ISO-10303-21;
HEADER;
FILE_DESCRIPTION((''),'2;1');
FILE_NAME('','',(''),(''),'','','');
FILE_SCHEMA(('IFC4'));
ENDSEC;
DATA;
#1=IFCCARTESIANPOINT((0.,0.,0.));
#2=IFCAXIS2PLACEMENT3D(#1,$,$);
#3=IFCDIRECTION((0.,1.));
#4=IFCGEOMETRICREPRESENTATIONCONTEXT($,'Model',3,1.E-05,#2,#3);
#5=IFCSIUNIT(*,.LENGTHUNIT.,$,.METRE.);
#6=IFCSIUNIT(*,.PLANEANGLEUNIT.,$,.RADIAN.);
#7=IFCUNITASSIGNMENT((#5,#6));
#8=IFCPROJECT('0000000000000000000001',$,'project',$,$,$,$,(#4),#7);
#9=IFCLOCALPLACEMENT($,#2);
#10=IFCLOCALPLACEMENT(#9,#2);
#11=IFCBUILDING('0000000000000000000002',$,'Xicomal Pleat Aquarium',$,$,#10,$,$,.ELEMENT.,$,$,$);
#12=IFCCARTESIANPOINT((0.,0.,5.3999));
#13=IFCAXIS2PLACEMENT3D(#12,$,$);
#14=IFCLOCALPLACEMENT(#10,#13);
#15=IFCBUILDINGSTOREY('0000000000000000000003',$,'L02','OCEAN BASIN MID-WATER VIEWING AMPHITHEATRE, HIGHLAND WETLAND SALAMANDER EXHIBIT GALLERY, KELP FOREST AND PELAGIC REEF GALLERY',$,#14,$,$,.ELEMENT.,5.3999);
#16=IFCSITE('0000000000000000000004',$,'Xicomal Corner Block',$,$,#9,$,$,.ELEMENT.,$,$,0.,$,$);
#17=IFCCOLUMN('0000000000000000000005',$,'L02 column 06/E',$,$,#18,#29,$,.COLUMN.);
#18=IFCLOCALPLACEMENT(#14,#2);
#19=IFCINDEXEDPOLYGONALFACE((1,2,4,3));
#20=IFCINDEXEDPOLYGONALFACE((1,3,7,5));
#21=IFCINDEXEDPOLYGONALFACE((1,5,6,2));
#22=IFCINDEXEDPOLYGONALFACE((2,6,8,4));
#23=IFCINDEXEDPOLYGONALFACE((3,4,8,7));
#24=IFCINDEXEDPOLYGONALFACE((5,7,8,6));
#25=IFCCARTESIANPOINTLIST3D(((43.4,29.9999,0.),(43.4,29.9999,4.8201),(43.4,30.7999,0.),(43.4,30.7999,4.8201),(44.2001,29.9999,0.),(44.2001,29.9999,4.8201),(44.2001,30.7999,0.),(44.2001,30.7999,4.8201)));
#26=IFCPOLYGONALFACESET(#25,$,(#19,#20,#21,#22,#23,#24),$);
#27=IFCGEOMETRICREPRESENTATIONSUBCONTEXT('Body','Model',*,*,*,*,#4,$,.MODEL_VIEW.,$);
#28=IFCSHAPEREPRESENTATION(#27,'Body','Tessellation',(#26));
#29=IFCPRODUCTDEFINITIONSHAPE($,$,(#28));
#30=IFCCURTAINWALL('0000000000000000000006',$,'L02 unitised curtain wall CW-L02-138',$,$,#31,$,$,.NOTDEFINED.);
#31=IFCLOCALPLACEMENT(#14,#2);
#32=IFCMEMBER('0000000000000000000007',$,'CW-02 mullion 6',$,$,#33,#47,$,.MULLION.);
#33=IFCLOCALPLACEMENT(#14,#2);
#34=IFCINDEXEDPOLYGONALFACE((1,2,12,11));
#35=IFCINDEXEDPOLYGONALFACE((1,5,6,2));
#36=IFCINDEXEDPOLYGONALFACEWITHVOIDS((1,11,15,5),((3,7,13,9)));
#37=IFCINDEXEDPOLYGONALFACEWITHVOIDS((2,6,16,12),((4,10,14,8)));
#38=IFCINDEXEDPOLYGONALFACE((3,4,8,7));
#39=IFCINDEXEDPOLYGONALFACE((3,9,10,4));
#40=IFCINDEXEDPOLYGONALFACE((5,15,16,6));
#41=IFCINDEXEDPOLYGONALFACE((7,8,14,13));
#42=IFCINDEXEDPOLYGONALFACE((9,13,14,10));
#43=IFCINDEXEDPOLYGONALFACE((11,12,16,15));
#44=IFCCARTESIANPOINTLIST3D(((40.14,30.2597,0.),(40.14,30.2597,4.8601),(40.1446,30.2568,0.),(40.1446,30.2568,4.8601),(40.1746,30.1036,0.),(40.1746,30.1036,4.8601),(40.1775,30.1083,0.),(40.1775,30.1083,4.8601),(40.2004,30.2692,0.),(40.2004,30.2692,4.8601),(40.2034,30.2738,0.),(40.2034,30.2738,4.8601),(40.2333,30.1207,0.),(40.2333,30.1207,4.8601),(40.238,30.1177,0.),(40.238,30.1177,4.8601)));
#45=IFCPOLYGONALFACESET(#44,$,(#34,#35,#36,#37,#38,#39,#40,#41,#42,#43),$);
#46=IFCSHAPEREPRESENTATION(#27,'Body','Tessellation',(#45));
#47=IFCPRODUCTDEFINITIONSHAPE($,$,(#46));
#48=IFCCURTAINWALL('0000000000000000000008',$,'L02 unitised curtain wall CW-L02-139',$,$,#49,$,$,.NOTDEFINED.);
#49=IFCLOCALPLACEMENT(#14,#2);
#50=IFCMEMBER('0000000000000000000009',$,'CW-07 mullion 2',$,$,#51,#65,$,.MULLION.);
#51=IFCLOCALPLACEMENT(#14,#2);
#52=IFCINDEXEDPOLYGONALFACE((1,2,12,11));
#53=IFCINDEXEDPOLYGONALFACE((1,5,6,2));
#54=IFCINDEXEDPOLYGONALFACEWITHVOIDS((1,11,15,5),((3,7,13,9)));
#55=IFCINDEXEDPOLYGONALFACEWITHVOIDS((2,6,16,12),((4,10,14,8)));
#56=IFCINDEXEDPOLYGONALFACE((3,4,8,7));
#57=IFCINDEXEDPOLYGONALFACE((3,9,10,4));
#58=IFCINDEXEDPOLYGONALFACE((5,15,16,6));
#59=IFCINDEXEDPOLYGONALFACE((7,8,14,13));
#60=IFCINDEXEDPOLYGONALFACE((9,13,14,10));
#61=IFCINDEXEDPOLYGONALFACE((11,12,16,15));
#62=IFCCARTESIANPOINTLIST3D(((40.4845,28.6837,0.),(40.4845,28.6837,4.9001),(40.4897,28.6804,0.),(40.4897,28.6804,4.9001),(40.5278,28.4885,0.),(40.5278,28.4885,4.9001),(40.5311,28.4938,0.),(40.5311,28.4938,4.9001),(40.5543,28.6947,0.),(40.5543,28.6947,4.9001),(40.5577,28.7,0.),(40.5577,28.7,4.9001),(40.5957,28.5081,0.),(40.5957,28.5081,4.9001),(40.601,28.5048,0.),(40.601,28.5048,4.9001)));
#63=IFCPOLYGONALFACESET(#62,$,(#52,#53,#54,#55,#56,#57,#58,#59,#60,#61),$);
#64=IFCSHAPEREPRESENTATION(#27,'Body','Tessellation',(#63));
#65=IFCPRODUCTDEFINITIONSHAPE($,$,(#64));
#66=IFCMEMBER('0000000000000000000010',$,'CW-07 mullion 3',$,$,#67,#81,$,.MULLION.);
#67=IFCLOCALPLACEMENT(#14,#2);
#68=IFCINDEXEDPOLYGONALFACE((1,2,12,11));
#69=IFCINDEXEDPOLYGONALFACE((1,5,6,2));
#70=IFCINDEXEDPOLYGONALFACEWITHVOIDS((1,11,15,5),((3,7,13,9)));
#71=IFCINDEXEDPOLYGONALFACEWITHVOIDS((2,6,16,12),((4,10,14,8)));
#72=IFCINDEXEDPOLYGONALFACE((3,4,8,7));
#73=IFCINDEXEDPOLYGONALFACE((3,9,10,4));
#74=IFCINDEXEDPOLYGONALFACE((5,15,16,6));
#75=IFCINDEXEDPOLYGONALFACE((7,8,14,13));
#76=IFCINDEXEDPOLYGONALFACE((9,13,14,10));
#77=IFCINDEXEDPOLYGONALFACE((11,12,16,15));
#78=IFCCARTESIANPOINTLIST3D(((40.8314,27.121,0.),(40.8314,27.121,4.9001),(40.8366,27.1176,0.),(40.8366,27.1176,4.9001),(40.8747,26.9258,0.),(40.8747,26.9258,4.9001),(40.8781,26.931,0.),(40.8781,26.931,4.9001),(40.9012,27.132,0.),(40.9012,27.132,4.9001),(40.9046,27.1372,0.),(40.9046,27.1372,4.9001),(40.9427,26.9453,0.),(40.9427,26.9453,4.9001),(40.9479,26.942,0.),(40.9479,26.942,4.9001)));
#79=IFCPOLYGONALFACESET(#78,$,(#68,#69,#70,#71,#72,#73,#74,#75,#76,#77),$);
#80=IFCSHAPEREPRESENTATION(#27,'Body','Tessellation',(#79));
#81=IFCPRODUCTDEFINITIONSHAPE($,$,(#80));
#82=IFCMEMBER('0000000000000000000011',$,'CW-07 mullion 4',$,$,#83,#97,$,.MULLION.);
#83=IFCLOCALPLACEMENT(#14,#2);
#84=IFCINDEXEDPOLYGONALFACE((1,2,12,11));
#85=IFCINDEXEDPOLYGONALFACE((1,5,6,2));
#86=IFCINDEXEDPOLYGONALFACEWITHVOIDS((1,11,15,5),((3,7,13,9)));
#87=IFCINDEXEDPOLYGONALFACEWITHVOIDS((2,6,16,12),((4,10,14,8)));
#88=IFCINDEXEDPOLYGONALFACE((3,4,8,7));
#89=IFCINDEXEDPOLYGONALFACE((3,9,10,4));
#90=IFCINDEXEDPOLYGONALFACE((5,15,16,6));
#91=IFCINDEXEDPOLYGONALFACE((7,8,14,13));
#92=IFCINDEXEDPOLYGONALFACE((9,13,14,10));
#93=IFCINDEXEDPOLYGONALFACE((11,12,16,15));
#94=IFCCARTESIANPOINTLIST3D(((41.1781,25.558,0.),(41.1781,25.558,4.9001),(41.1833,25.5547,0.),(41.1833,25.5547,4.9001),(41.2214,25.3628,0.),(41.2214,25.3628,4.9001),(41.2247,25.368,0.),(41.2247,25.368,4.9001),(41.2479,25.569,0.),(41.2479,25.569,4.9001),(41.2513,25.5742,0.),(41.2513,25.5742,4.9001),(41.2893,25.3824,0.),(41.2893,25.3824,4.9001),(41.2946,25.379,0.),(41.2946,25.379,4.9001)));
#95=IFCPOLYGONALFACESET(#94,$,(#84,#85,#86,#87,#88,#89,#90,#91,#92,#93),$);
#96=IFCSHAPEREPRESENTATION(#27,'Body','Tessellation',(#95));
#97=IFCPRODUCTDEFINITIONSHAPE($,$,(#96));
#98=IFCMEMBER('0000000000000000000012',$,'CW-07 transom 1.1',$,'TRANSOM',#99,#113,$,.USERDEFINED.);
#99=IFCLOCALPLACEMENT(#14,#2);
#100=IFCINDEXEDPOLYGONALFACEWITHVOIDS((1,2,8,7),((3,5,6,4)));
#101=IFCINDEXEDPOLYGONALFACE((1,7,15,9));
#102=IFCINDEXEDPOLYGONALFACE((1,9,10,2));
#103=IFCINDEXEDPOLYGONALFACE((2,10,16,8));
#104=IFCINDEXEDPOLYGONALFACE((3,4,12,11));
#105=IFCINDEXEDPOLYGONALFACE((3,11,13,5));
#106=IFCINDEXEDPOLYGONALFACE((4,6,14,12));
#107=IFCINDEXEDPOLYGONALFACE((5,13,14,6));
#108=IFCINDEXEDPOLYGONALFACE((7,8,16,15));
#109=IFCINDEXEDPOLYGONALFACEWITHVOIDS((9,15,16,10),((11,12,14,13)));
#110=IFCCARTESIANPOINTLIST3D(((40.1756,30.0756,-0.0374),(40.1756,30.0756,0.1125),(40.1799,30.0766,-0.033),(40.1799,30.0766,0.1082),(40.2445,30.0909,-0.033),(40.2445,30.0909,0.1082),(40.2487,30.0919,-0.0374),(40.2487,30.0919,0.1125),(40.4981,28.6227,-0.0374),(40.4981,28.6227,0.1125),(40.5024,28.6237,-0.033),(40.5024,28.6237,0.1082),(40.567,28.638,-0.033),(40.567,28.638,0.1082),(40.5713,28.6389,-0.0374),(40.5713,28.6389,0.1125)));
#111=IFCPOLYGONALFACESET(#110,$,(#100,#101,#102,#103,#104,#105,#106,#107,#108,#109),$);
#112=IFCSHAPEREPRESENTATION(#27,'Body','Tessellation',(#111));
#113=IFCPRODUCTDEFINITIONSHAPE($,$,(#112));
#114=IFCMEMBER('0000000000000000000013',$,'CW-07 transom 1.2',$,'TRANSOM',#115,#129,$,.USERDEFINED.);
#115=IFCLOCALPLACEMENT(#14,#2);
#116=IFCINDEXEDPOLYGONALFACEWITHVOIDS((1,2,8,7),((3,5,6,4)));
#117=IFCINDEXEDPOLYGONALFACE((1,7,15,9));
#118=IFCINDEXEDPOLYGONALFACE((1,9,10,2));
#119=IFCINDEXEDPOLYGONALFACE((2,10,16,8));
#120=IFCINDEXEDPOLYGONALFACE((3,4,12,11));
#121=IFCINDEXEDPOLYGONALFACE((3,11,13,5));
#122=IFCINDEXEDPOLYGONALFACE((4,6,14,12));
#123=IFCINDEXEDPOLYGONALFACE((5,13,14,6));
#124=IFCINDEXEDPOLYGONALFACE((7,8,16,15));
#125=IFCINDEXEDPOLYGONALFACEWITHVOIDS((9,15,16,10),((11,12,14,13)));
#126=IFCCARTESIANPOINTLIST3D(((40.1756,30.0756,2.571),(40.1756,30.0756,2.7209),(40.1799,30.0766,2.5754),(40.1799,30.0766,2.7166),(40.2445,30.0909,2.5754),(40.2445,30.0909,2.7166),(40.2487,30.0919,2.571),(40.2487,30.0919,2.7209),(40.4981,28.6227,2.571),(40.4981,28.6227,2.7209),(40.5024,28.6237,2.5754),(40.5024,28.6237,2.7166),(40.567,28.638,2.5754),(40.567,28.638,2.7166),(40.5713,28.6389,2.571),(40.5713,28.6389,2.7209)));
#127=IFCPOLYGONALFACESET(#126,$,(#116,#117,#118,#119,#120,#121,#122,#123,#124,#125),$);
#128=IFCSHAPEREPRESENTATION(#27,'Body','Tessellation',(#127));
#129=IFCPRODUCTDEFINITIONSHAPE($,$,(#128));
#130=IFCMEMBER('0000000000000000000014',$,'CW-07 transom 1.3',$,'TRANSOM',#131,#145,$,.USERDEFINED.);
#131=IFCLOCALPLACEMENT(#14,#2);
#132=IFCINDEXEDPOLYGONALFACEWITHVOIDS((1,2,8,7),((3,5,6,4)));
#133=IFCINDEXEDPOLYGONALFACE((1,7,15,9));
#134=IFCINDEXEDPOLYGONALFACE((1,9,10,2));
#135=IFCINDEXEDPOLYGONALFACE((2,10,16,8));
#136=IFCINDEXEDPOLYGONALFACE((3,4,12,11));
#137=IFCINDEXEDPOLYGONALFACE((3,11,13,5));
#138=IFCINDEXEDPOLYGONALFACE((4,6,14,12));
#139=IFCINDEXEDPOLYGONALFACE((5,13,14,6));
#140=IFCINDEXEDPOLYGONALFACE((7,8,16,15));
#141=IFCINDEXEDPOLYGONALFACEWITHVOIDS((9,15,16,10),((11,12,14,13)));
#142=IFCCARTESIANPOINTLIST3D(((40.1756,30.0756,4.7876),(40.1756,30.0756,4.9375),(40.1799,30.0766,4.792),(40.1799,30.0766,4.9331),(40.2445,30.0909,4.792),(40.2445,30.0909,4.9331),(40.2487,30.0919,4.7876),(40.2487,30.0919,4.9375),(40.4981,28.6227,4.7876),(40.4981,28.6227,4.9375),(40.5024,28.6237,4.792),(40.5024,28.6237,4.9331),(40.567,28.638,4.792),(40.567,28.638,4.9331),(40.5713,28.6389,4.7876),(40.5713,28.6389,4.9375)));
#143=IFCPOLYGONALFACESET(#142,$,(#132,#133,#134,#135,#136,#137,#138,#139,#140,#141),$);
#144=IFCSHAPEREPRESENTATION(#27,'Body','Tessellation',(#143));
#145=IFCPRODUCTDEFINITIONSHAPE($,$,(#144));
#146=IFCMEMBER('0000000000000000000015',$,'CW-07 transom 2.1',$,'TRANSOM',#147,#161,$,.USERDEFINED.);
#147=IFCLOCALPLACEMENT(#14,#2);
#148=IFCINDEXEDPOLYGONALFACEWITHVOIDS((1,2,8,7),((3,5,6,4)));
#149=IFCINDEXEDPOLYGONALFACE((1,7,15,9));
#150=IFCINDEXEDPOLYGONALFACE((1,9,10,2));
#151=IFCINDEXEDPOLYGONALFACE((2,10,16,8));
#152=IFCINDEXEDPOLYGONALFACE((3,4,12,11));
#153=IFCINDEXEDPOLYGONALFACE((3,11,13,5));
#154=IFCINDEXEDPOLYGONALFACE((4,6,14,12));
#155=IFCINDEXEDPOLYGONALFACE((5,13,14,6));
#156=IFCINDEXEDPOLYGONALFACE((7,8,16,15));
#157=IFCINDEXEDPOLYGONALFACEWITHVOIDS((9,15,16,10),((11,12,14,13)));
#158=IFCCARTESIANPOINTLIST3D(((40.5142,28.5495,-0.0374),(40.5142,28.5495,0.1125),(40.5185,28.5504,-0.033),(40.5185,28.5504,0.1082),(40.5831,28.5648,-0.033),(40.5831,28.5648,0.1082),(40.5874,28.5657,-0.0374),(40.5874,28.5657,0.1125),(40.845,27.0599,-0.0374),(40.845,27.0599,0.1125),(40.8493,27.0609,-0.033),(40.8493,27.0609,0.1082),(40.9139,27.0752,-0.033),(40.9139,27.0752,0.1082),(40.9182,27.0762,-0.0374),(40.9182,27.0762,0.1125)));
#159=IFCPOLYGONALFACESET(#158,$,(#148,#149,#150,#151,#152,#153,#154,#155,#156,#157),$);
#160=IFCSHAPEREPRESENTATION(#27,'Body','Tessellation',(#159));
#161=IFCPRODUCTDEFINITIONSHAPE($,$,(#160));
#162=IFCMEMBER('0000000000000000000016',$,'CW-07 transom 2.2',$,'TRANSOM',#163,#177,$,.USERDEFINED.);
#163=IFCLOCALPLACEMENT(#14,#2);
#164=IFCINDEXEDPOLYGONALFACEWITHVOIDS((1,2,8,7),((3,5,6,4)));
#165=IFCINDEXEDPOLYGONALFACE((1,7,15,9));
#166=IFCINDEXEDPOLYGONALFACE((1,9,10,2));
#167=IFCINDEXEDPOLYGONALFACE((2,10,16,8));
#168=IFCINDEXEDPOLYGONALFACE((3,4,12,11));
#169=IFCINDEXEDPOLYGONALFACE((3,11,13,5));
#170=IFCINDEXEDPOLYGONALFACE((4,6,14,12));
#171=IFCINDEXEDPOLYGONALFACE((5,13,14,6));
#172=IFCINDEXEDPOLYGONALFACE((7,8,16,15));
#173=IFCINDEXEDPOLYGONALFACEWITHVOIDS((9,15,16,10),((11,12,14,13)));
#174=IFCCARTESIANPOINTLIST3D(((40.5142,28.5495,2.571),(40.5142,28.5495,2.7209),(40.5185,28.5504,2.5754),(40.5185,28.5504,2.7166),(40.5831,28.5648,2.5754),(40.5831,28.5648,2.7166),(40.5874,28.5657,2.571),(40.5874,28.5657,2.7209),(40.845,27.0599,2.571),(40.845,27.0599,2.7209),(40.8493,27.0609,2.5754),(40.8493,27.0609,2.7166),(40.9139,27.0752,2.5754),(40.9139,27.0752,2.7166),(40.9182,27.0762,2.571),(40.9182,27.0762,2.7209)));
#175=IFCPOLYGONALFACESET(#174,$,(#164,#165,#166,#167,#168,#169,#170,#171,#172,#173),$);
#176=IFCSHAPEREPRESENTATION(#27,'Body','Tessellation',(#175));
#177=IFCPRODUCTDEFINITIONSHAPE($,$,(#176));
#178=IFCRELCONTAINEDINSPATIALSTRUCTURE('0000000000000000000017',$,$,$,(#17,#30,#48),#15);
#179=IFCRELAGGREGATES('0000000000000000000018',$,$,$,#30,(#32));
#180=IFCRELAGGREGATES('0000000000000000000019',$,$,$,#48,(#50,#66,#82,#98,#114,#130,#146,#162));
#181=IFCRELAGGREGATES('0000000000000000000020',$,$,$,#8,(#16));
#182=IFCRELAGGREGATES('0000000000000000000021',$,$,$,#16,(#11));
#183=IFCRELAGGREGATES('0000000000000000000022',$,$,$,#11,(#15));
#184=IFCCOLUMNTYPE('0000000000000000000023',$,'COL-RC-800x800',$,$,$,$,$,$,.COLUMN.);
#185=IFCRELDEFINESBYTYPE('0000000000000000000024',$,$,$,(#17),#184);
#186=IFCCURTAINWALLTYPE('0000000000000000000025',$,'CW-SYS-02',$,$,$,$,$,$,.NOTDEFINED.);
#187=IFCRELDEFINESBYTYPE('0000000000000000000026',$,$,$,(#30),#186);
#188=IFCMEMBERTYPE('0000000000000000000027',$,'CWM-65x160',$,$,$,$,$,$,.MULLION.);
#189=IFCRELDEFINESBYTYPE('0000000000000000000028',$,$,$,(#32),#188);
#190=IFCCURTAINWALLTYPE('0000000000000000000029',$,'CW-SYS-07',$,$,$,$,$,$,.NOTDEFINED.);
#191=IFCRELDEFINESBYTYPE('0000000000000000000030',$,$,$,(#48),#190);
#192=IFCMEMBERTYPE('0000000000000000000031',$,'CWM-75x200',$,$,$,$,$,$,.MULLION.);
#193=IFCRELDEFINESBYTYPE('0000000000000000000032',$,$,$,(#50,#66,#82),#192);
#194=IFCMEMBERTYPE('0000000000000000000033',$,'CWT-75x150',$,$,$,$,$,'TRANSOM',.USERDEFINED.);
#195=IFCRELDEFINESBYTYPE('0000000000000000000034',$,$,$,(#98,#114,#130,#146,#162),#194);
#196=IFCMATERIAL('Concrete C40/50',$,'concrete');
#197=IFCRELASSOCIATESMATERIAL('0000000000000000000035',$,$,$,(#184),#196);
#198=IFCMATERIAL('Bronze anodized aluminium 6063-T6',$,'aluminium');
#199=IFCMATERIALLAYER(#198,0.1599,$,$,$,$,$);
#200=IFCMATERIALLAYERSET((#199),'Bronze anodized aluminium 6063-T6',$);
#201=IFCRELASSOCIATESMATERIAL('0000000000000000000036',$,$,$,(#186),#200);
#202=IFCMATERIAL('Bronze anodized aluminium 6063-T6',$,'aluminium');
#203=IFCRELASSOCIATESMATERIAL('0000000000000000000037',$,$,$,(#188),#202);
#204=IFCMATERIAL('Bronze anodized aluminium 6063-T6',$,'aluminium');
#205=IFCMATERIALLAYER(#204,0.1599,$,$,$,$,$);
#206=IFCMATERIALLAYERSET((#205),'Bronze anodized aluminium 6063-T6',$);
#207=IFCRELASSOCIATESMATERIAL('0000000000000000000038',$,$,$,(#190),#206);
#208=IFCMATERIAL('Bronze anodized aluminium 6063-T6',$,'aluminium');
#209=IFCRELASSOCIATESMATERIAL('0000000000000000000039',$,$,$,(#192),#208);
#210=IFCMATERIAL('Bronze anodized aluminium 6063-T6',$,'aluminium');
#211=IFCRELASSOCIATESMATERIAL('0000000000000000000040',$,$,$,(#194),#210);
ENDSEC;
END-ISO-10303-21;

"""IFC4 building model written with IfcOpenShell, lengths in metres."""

from ifc_helpers import new_model, si_unit, direction, frame, origin, origin_2d, place, context, subcontext, project, spatial, rectangle, hollow_rectangle, extrude, material, layer, layer_set, material_profile, profile_set, type_object, element, aggregate, save


model = new_model("IFC4")

# Units and contexts
model_context = context("Model", 3, precision=1e-05, world=origin(), true_north=direction((0.0, 1.0)))
body_context = subcontext(model_context, "Body", "Model", "MODEL_VIEW")
ifc_project = project(units=[si_unit("LENGTHUNIT", "METRE"), si_unit("PLANEANGLEUNIT", "RADIAN")], contexts=[model_context])

# Site, building, storey
site_placement = place(None, origin())
site = spatial("IfcSite", under=ifc_project, at=site_placement, Name="Xicomal Corner Block", CompositionType="ELEMENT", RefElevation=0.0)
building_placement = place(site_placement, origin())
building = spatial("IfcBuilding", under=site, at=building_placement, Name="Xicomal Pleat Aquarium", CompositionType="ELEMENT")
storey_placement = place(building_placement, frame((0.0, 0.0, 5.3999)))
storey = spatial("IfcBuildingStorey", under=building, at=storey_placement, Name="L02", Description="OCEAN BASIN MID-WATER VIEWING AMPHITHEATRE, HIGHLAND WETLAND SALAMANDER EXHIBIT GALLERY, KELP FOREST AND PELAGIC REEF GALLERY", CompositionType="ELEMENT", Elevation=5.3999)

# Column
ifc_material_1 = material(Name="Concrete C40/50", Category="concrete")
ifc_material_profile_1 = material_profile(ifc_material_1, rectangle(XDim=0.8, YDim=0.8, at=origin_2d()), Name="RC 800x800")
ifc_profile_set_1 = profile_set([ifc_material_profile_1], Name="Concrete C40/50")
column_type = type_object("IfcColumnType", Name="COL-RC-800x800", PredefinedType="COLUMN", material=ifc_profile_set_1)
column_placement = place(storey_placement, frame((43.8, 30.3999, 0.0), z_axis=(0.0, 0.0, 1.0), x_axis=(1.0, 0.0, 0.0)))
element("IfcColumn", 1, at=column_placement, inside=storey, type_object=column_type, Name="L02 column 06/E", PredefinedType="COLUMN", context=body_context, shape_type="SweptSolid", body=[
    extrude(rectangle(XDim=0.8, YDim=0.8, at=origin_2d()), origin(), (0.0, 0.0, 1.0), 4.8201),
])

# Curtain wall, member
ifc_material_2 = material(Name="Bronze anodized aluminium 6063-T6", Category="aluminium")
ifc_layer_1 = layer(ifc_material_2, 0.1599)
ifc_layer_set_1 = layer_set([ifc_layer_1], Name="Bronze anodized aluminium 6063-T6")
curtain_wall_type_1 = type_object("IfcCurtainWallType", Name="CW-SYS-02", PredefinedType="NOTDEFINED", material=ifc_layer_set_1)
curtain_wall_1_placement = place(storey_placement, origin())
curtain_wall_1 = element("IfcCurtainWall", 2, at=curtain_wall_1_placement, inside=storey, type_object=curtain_wall_type_1, Name="L02 unitised curtain wall CW-L02-138", PredefinedType="NOTDEFINED")
ifc_material_3 = material(Name="Bronze anodized aluminium 6063-T6", Category="aluminium")
ifc_material_profile_2 = material_profile(ifc_material_3, hollow_rectangle(XDim=0.0649, YDim=0.1599, WallThickness=0.0039, at=origin_2d()), Name="ALU MULL 65x160")
ifc_profile_set_2 = profile_set([ifc_material_profile_2], Name="Bronze anodized aluminium 6063-T6")
member_type_1 = type_object("IfcMemberType", Name="CWM-65x160", PredefinedType="MULLION", material=ifc_profile_set_2)
member_1_placement = place(storey_placement, frame((40.189, 30.1887, 0.0), z_axis=(0.0, 0.0, 1.0), x_axis=(0.976272, 0.216547, 0.0)))
member_1 = element("IfcMember", 3, at=member_1_placement, type_object=member_type_1, Name="CW-02 mullion 6", PredefinedType="MULLION", context=body_context, shape_type="SweptSolid", body=[
    extrude(hollow_rectangle(XDim=0.0649, YDim=0.1599, WallThickness=0.0039, at=origin_2d()), origin(), (0.0, 0.0, 1.0), 4.8601),
])
aggregate(curtain_wall_1, [member_1])

# Curtain wall, members
ifc_material_4 = material(Name="Bronze anodized aluminium 6063-T6", Category="aluminium")
ifc_layer_2 = layer(ifc_material_4, 0.1599)
ifc_layer_set_2 = layer_set([ifc_layer_2], Name="Bronze anodized aluminium 6063-T6")
curtain_wall_type_2 = type_object("IfcCurtainWallType", Name="CW-SYS-07", PredefinedType="NOTDEFINED", material=ifc_layer_set_2)
curtain_wall_2_placement = place(storey_placement, origin())
curtain_wall_2 = element("IfcCurtainWall", 4, at=curtain_wall_2_placement, inside=storey, type_object=curtain_wall_type_2, Name="L02 unitised curtain wall CW-L02-139", PredefinedType="NOTDEFINED")
ifc_material_5 = material(Name="Bronze anodized aluminium 6063-T6", Category="aluminium")
ifc_material_profile_3 = material_profile(ifc_material_5, hollow_rectangle(XDim=0.075, YDim=0.2, WallThickness=0.0044, at=origin_2d()), Name="ALU MULL 75x200")
ifc_profile_set_3 = profile_set([ifc_material_profile_3], Name="Bronze anodized aluminium 6063-T6")
member_type_2 = type_object("IfcMemberType", Name="CWM-75x200", PredefinedType="MULLION", material=ifc_profile_set_3)
member_2_placement = place(storey_placement, frame((40.5427, 28.5942, 0.0), z_axis=(0.0, 0.0, 1.0), x_axis=(0.976252, 0.216639, 0.0)))
member_2 = element("IfcMember", 5, at=member_2_placement, type_object=member_type_2, Name="CW-07 mullion 2", PredefinedType="MULLION", context=body_context, shape_type="SweptSolid", body=[
    extrude(hollow_rectangle(XDim=0.075, YDim=0.2, WallThickness=0.0044, at=origin_2d()), origin(), (0.0, 0.0, 1.0), 4.9001),
])
member_3_placement = place(storey_placement, frame((40.8896, 27.0315, 0.0), z_axis=(0.0, 0.0, 1.0), x_axis=(0.976252, 0.216639, 0.0)))
member_3 = element("IfcMember", 6, at=member_3_placement, type_object=member_type_2, Name="CW-07 mullion 3", PredefinedType="MULLION", context=body_context, shape_type="SweptSolid", body=[
    extrude(hollow_rectangle(XDim=0.075, YDim=0.2, WallThickness=0.0044, at=origin_2d()), origin(), (0.0, 0.0, 1.0), 4.9001),
])
member_4_placement = place(storey_placement, frame((41.2363, 25.4685, 0.0), z_axis=(0.0, 0.0, 1.0), x_axis=(0.976252, 0.216639, 0.0)))
member_4 = element("IfcMember", 7, at=member_4_placement, type_object=member_type_2, Name="CW-07 mullion 4", PredefinedType="MULLION", context=body_context, shape_type="SweptSolid", body=[
    extrude(hollow_rectangle(XDim=0.075, YDim=0.2, WallThickness=0.0044, at=origin_2d()), origin(), (0.0, 0.0, 1.0), 4.9001),
])
ifc_material_6 = material(Name="Bronze anodized aluminium 6063-T6", Category="aluminium")
ifc_material_profile_4 = material_profile(ifc_material_6, hollow_rectangle(XDim=0.075, YDim=0.1499, WallThickness=0.0044, at=origin_2d()), Name="ALU TRAN 75x150")
ifc_profile_set_4 = profile_set([ifc_material_profile_4], Name="Bronze anodized aluminium 6063-T6")
member_type_3 = type_object("IfcMemberType", Name="CWT-75x150", ElementType="TRANSOM", PredefinedType="USERDEFINED", material=ifc_profile_set_4)
member_5_placement = place(storey_placement, frame((40.2122, 30.0837, 0.0376), z_axis=(0.216705, -0.976237, 0.0), x_axis=(0.976237, 0.216705, 0.0)))
member_5 = element("IfcMember", 8, at=member_5_placement, type_object=member_type_3, Name="CW-07 transom 1.1", ObjectType="TRANSOM", PredefinedType="USERDEFINED", context=body_context, shape_type="SweptSolid", body=[
    extrude(hollow_rectangle(XDim=0.075, YDim=0.1499, WallThickness=0.0044, at=origin_2d()), origin(), (0.0, 0.0, 1.0), 1.4883),
])
member_6_placement = place(storey_placement, frame((40.2122, 30.0837, 2.646), z_axis=(0.216705, -0.976237, 0.0), x_axis=(0.976237, 0.216705, 0.0)))
member_6 = element("IfcMember", 9, at=member_6_placement, type_object=member_type_3, Name="CW-07 transom 1.2", ObjectType="TRANSOM", PredefinedType="USERDEFINED", context=body_context, shape_type="SweptSolid", body=[
    extrude(hollow_rectangle(XDim=0.075, YDim=0.1499, WallThickness=0.0044, at=origin_2d()), origin(), (0.0, 0.0, 1.0), 1.4883),
])
member_7_placement = place(storey_placement, frame((40.2122, 30.0837, 4.8625), z_axis=(0.216705, -0.976237, 0.0), x_axis=(0.976237, 0.216705, 0.0)))
member_7 = element("IfcMember", 10, at=member_7_placement, type_object=member_type_3, Name="CW-07 transom 1.3", ObjectType="TRANSOM", PredefinedType="USERDEFINED", context=body_context, shape_type="SweptSolid", body=[
    extrude(hollow_rectangle(XDim=0.075, YDim=0.1499, WallThickness=0.0044, at=origin_2d()), origin(), (0.0, 0.0, 1.0), 1.4883),
])
member_8_placement = place(storey_placement, frame((40.5508, 28.5576, 0.0376), z_axis=(0.216812, -0.976213, 0.0), x_axis=(0.976213, 0.216812, 0.0)))
member_8 = element("IfcMember", 11, at=member_8_placement, type_object=member_type_3, Name="CW-07 transom 2.1", ObjectType="TRANSOM", PredefinedType="USERDEFINED", context=body_context, shape_type="SweptSolid", body=[
    extrude(hollow_rectangle(XDim=0.075, YDim=0.1499, WallThickness=0.0044, at=origin_2d()), origin(), (0.0, 0.0, 1.0), 1.5259),
])
member_9_placement = place(storey_placement, frame((40.5508, 28.5576, 2.646), z_axis=(0.216812, -0.976213, 0.0), x_axis=(0.976213, 0.216812, 0.0)))
member_9 = element("IfcMember", 12, at=member_9_placement, type_object=member_type_3, Name="CW-07 transom 2.2", ObjectType="TRANSOM", PredefinedType="USERDEFINED", context=body_context, shape_type="SweptSolid", body=[
    extrude(hollow_rectangle(XDim=0.075, YDim=0.1499, WallThickness=0.0044, at=origin_2d()), origin(), (0.0, 0.0, 1.0), 1.5259),
])
aggregate(curtain_wall_2, [member_2, member_3, member_4, member_5, member_6, member_7, member_8, member_9])

save(model, "model.ifc")
